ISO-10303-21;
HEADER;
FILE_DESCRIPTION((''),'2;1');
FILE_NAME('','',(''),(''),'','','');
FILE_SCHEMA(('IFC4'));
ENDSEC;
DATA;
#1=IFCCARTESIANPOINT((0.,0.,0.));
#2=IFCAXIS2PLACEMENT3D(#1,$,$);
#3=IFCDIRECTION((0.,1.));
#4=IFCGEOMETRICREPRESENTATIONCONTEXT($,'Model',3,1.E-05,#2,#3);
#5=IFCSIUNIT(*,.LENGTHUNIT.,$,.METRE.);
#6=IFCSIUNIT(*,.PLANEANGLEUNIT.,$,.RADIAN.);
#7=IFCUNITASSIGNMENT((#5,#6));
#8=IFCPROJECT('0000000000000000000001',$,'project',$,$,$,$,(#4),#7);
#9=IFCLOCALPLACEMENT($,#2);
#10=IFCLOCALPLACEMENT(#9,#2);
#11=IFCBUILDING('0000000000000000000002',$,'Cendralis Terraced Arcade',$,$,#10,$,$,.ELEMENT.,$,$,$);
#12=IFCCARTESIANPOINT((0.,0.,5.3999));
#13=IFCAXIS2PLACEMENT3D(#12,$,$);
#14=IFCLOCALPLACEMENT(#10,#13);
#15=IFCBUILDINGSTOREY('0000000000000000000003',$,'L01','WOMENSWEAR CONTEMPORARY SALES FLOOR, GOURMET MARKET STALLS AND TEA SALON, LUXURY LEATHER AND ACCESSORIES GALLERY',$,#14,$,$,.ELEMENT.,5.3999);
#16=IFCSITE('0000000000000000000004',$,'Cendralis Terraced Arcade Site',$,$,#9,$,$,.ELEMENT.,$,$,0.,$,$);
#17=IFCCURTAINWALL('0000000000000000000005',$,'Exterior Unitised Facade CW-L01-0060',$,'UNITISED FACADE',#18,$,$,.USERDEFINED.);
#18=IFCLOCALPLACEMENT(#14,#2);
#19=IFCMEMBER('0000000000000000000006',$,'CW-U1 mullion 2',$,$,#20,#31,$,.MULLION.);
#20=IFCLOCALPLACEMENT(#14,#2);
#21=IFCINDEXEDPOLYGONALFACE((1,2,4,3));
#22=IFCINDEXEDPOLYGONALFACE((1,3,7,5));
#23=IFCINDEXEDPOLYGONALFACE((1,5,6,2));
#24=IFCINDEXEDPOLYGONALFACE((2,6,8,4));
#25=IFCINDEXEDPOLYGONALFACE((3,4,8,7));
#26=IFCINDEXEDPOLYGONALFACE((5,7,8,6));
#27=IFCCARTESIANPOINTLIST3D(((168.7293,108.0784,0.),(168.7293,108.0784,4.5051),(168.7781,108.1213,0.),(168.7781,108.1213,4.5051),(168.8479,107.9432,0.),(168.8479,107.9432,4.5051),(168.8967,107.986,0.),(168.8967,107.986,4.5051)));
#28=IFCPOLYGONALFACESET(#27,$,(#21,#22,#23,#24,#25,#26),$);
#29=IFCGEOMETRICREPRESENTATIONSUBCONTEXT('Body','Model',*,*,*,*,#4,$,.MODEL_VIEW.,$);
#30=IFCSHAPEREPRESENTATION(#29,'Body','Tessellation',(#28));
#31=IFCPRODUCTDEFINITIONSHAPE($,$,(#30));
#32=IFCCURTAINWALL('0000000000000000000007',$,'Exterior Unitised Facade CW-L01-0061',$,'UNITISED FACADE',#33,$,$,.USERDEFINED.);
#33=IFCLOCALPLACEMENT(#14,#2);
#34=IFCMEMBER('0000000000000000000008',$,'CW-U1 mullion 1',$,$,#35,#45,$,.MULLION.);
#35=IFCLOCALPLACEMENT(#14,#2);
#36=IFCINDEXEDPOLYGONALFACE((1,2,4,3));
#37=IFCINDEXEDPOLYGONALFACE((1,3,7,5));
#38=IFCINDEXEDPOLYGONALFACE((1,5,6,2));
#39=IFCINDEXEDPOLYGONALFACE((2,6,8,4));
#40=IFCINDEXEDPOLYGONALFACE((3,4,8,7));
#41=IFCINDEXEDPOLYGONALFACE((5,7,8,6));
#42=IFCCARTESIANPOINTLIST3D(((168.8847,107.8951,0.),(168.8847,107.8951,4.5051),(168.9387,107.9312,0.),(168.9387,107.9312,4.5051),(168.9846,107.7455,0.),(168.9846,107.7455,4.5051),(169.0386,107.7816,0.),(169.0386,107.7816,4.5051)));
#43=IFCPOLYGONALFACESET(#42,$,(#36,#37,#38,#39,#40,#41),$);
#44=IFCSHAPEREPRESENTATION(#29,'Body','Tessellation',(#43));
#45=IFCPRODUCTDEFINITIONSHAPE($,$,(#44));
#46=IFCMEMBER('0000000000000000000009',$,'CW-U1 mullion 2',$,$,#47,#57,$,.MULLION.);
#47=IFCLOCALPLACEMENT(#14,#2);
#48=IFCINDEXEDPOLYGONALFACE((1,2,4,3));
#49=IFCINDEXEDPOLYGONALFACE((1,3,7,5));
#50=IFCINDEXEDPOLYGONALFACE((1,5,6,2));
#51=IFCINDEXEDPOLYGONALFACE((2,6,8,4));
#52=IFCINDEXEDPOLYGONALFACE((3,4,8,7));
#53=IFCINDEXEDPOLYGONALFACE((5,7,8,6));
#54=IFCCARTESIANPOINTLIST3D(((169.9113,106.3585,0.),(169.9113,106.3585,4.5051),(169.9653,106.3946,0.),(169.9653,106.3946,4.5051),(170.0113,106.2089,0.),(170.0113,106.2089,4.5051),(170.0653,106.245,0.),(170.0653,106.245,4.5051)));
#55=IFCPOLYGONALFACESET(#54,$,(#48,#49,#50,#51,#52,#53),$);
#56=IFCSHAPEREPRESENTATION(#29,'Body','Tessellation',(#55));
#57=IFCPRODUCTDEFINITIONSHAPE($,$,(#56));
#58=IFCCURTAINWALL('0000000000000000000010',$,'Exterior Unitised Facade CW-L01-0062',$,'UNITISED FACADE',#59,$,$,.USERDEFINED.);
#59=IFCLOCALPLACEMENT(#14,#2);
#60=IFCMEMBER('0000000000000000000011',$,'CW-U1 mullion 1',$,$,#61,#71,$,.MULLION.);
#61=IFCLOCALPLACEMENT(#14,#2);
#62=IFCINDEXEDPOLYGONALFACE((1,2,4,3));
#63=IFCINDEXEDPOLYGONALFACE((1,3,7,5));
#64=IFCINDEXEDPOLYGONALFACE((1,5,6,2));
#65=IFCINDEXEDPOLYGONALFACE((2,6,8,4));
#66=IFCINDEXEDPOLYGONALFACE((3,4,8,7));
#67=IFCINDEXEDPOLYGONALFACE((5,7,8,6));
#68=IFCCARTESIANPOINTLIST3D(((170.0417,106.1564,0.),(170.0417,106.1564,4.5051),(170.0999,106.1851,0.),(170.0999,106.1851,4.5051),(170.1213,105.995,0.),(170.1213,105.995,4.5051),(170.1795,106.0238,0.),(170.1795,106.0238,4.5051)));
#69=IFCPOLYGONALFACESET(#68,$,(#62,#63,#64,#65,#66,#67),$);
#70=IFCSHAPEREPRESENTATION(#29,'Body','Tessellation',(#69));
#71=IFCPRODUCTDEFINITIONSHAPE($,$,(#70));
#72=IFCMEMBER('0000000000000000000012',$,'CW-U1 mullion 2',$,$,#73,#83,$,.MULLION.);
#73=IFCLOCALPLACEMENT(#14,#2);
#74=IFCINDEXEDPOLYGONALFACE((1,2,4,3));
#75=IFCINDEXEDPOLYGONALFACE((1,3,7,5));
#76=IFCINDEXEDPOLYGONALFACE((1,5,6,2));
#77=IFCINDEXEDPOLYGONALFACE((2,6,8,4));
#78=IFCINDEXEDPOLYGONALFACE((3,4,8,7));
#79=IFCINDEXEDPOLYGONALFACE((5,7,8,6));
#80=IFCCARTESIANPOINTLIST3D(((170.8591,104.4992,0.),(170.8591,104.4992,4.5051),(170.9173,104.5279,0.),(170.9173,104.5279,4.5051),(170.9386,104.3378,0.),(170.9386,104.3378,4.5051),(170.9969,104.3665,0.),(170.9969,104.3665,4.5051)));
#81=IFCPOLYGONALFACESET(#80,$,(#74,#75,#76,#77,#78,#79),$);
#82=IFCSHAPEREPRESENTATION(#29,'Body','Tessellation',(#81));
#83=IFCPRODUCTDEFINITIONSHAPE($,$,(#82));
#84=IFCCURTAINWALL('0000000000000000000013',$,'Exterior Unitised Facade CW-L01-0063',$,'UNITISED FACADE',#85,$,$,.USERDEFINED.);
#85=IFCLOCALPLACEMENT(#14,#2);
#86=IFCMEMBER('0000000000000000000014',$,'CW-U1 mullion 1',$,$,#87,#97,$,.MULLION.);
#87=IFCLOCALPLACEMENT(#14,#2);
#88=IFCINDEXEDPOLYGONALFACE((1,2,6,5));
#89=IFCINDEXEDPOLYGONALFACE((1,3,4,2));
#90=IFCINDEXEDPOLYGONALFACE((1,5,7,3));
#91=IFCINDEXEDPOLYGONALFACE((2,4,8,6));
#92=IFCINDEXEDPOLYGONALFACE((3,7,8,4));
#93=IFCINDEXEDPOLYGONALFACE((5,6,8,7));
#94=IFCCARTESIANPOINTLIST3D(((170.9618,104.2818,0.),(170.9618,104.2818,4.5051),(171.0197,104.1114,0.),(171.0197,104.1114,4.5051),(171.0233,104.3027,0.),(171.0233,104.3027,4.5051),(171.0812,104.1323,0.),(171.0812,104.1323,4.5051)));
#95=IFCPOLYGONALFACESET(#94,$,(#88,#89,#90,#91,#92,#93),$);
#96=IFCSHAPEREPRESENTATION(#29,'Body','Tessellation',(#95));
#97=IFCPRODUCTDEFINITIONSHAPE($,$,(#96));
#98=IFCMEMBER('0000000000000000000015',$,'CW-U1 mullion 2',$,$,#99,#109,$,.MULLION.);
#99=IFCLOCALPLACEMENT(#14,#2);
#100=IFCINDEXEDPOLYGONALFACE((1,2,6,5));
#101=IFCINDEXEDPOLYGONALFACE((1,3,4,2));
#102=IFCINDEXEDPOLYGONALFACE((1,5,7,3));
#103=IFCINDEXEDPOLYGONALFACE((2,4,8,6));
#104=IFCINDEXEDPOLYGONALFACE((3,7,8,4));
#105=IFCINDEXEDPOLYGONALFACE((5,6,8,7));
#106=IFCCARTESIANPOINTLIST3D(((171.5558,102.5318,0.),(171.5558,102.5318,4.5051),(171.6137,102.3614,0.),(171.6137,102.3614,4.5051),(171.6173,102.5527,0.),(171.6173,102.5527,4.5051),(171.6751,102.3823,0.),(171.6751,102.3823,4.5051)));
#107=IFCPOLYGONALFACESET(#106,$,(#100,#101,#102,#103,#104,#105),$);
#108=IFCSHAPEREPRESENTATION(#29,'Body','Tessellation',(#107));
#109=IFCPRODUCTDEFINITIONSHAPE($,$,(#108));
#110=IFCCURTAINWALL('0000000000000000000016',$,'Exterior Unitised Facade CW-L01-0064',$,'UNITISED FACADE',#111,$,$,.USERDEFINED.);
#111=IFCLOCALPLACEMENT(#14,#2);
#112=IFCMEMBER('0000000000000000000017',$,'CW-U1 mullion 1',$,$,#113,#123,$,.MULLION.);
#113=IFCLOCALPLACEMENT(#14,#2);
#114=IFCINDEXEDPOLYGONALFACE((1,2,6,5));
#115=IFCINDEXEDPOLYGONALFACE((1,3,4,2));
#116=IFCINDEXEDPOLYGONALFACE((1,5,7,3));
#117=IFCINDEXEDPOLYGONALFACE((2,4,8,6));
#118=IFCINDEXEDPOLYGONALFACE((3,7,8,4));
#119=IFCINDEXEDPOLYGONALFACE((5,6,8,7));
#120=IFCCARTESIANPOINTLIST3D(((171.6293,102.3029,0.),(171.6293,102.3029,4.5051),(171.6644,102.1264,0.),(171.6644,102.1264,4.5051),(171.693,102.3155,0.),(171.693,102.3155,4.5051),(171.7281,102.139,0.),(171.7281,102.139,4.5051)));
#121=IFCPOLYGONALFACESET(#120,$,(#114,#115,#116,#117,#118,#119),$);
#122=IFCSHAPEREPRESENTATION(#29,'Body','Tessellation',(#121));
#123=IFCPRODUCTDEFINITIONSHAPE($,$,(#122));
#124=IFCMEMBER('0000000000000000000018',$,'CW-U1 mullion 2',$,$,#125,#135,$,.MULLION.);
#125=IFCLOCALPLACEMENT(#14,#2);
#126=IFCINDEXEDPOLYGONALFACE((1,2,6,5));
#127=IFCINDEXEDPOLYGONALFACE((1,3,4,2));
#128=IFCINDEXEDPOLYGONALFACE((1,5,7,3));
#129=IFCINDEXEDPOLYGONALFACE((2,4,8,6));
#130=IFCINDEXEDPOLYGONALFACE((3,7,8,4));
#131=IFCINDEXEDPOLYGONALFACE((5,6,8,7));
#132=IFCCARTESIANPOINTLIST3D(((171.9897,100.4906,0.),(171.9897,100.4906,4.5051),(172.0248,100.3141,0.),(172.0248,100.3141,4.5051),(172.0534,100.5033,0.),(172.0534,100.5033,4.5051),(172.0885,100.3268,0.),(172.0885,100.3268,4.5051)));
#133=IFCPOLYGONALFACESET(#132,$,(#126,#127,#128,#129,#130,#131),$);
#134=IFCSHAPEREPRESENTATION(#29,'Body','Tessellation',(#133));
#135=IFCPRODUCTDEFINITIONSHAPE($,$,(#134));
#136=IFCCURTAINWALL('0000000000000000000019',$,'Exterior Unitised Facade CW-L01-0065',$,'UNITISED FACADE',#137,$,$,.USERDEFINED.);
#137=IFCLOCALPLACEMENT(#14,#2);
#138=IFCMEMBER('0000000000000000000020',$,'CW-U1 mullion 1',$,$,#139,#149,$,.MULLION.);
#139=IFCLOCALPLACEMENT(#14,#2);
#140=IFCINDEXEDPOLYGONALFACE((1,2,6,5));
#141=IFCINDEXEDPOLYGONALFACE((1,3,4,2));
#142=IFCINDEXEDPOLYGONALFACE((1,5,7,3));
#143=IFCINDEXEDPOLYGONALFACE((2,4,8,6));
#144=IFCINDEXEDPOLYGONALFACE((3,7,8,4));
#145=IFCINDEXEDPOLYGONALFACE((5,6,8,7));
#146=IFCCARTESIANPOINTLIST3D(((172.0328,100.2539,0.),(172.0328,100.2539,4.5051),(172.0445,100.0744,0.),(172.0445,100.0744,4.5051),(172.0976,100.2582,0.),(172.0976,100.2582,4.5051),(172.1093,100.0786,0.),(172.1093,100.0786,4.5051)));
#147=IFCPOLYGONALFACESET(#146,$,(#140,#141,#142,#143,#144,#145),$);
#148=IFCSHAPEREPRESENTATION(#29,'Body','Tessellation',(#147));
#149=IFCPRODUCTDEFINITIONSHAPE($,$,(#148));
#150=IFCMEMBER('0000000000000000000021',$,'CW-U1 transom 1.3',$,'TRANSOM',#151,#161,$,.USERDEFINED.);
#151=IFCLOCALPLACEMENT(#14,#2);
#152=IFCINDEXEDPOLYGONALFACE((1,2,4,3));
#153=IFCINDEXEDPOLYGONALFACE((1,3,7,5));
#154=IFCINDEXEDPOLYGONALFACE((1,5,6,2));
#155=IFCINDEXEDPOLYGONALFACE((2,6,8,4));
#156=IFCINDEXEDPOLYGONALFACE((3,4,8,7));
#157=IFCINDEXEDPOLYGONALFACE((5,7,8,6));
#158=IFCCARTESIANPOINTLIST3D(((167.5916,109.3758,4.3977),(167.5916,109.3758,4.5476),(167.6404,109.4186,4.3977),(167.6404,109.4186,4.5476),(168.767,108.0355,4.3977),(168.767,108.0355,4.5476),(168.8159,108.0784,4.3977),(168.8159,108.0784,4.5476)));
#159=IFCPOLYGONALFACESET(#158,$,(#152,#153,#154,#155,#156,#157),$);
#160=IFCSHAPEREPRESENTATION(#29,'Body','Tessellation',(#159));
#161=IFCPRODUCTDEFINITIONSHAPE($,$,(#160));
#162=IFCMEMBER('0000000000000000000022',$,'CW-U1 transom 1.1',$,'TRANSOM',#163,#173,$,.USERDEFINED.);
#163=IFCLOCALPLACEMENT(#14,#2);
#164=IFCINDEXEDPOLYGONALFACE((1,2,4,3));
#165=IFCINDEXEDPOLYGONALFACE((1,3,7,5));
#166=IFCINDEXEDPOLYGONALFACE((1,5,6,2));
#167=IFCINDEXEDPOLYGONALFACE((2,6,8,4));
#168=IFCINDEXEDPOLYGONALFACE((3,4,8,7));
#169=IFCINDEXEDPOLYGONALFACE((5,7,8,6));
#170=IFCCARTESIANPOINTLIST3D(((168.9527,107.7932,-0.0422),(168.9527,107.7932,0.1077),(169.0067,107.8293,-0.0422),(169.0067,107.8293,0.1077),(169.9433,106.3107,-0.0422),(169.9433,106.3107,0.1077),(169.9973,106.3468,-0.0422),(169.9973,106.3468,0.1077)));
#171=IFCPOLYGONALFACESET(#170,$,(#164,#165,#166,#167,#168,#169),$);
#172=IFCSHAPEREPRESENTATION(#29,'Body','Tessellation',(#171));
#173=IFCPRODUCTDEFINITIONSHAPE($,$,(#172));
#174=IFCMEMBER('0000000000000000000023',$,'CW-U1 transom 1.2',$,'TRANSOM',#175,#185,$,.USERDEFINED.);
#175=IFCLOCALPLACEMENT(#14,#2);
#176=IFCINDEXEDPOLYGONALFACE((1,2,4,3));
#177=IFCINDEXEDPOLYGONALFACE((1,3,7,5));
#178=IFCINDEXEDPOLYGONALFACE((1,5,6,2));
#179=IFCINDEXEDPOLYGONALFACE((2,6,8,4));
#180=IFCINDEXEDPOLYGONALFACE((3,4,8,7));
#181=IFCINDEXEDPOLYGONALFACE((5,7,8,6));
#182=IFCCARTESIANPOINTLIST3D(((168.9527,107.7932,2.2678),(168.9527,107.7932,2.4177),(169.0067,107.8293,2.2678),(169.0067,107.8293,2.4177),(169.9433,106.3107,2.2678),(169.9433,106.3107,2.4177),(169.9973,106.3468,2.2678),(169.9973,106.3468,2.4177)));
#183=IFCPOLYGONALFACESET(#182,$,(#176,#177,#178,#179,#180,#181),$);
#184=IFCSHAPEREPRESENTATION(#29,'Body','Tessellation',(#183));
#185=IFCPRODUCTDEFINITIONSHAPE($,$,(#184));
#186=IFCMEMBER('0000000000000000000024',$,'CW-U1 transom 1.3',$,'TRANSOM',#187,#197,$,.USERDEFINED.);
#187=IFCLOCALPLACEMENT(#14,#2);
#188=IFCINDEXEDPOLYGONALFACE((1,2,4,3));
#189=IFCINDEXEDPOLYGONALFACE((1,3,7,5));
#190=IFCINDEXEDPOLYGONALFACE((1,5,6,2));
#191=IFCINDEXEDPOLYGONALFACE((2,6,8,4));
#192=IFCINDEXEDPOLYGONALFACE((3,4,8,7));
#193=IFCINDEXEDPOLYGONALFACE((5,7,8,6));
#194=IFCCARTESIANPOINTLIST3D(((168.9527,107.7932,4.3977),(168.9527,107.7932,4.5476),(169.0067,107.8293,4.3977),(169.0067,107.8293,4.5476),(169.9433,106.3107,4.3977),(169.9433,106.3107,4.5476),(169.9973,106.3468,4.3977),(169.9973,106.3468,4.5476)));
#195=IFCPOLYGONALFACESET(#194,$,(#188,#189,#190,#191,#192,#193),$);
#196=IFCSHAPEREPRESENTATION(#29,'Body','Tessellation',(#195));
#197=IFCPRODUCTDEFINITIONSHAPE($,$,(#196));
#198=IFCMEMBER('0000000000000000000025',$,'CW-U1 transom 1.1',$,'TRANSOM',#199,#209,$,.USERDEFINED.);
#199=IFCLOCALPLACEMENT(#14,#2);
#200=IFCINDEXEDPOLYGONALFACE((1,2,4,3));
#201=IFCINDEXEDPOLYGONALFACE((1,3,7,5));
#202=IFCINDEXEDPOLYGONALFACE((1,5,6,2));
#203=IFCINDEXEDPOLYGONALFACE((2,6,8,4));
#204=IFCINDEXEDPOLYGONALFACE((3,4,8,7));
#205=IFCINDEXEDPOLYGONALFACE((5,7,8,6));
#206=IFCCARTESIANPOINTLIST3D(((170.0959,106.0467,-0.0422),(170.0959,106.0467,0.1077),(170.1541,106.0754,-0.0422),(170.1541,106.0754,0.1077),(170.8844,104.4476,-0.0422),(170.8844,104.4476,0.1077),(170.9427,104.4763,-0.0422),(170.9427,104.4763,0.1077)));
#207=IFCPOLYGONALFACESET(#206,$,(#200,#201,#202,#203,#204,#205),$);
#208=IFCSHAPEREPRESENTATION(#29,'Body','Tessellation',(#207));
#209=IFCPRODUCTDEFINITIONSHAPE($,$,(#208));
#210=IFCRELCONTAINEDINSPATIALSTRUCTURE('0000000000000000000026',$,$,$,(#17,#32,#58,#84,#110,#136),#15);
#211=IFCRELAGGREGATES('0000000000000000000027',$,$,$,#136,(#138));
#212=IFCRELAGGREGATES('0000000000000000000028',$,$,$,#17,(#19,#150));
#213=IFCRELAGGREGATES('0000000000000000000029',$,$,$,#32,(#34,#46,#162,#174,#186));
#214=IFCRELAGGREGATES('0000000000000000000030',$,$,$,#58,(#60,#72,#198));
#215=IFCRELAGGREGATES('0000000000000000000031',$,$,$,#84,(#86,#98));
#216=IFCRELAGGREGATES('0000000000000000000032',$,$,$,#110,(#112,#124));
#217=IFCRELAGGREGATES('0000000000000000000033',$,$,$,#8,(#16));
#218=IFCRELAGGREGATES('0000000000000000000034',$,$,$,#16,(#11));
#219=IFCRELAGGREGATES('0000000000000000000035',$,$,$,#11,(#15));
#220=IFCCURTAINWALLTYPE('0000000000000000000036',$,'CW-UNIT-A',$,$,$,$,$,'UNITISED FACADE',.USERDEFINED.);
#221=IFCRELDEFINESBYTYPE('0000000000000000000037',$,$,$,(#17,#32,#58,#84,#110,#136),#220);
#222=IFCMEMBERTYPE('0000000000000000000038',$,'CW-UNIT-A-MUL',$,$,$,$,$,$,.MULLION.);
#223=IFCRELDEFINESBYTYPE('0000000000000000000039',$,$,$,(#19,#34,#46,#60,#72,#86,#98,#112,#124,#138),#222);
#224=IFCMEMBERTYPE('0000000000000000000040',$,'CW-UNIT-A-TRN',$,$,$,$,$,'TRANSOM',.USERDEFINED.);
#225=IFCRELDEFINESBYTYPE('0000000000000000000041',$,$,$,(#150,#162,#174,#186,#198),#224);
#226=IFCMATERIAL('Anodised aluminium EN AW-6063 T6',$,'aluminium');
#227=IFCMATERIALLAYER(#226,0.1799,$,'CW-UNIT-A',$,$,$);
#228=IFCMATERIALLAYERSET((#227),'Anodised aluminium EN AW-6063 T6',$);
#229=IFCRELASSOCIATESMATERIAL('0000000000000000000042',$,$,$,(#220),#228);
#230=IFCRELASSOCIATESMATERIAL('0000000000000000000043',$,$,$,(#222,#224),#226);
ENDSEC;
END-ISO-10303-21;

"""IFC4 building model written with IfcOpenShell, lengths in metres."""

from ifc_helpers import new_model, si_unit, direction, frame, origin, origin_2d, place, context, subcontext, project, spatial, rectangle, extrude, material, layer, layer_set, material_profile, profile_set, type_object, element, aggregate, save


model = new_model("IFC4")

# Units and contexts
model_context = context("Model", 3, precision=1e-05, world=origin(), true_north=direction((0.0, 1.0)))
body_context = subcontext(model_context, "Body", "Model", "MODEL_VIEW")
ifc_project = project(units=[si_unit("LENGTHUNIT", "METRE"), si_unit("PLANEANGLEUNIT", "RADIAN")], contexts=[model_context])

# Site, building, storey
site_placement = place(None, origin())
site = spatial("IfcSite", under=ifc_project, at=site_placement, Name="Cendralis Terraced Arcade Site", CompositionType="ELEMENT", RefElevation=0.0)
building_placement = place(site_placement, origin())
building = spatial("IfcBuilding", under=site, at=building_placement, Name="Cendralis Terraced Arcade", CompositionType="ELEMENT")
storey_placement = place(building_placement, frame((0.0, 0.0, 5.3999)))
storey = spatial("IfcBuildingStorey", under=building, at=storey_placement, Name="L01", Description="WOMENSWEAR CONTEMPORARY SALES FLOOR, GOURMET MARKET STALLS AND TEA SALON, LUXURY LEATHER AND ACCESSORIES GALLERY", CompositionType="ELEMENT", Elevation=5.3999)

# Curtain wall, member
ifc_material_1 = material(Name="Anodised aluminium EN AW-6063 T6", Category="aluminium")
ifc_layer_1 = layer(ifc_material_1, 0.1799, Name="CW-UNIT-A")
ifc_layer_set_1 = layer_set([ifc_layer_1], Name="Anodised aluminium EN AW-6063 T6")
curtain_wall_type = type_object("IfcCurtainWallType", Name="CW-UNIT-A", ElementType="UNITISED FACADE", PredefinedType="USERDEFINED", material=ifc_layer_set_1)
curtain_wall_1_placement = place(storey_placement, origin())
curtain_wall_1 = element("IfcCurtainWall", 1, at=curtain_wall_1_placement, inside=storey, type_object=curtain_wall_type, Name="Exterior Unitised Facade CW-L01-0060", ObjectType="UNITISED FACADE", PredefinedType="USERDEFINED")
ifc_material_profile_1 = material_profile(ifc_material_1, rectangle(XDim=0.0649, YDim=0.1799, at=origin_2d()), Name="ALU-MUL-65x180")
ifc_profile_set_1 = profile_set([ifc_material_profile_1], Name="Anodised aluminium EN AW-6063 T6")
member_type_1 = type_object("IfcMemberType", Name="CW-UNIT-A-MUL", PredefinedType="MULLION", material=ifc_profile_set_1)
member_1_placement = place(storey_placement, frame((168.813, 108.0322, 0.0), z_axis=(0.0, 0.0, 1.0), x_axis=(0.751783, 0.659411, 0.0)))
member_1 = element("IfcMember", 2, at=member_1_placement, type_object=member_type_1, Name="CW-U1 mullion 2", PredefinedType="MULLION", context=body_context, shape_type="SweptSolid", body=[
    extrude(rectangle(XDim=0.0649, YDim=0.1799, at=origin_2d()), origin(), (0.0, 0.0, 1.0), 4.5051),
])

# Curtain walls, members
curtain_wall_2_placement = place(storey_placement, origin())
curtain_wall_2 = element("IfcCurtainWall", 3, at=curtain_wall_2_placement, inside=storey, type_object=curtain_wall_type, Name="Exterior Unitised Facade CW-L01-0061", ObjectType="UNITISED FACADE", PredefinedType="USERDEFINED")
member_2_placement = place(storey_placement, frame((168.9617, 107.8384, 0.0), z_axis=(0.0, 0.0, 1.0), x_axis=(0.831495, 0.555532, 0.0)))
member_2 = element("IfcMember", 4, at=member_2_placement, type_object=member_type_1, Name="CW-U1 mullion 1", PredefinedType="MULLION", context=body_context, shape_type="SweptSolid", body=[
    extrude(rectangle(XDim=0.0649, YDim=0.1799, at=origin_2d()), origin(), (0.0, 0.0, 1.0), 4.5051),
])
member_3_placement = place(storey_placement, frame((169.9883, 106.3018, 0.0), z_axis=(0.0, 0.0, 1.0), x_axis=(0.831495, 0.555532, 0.0)))
member_3 = element("IfcMember", 5, at=member_3_placement, type_object=member_type_1, Name="CW-U1 mullion 2", PredefinedType="MULLION", context=body_context, shape_type="SweptSolid", body=[
    extrude(rectangle(XDim=0.0649, YDim=0.1799, at=origin_2d()), origin(), (0.0, 0.0, 1.0), 4.5051),
])
curtain_wall_3_placement = place(storey_placement, origin())
curtain_wall_3 = element("IfcCurtainWall", 6, at=curtain_wall_3_placement, inside=storey, type_object=curtain_wall_type, Name="Exterior Unitised Facade CW-L01-0062", ObjectType="UNITISED FACADE", PredefinedType="USERDEFINED")
member_4_placement = place(storey_placement, frame((170.1106, 106.0901, 0.0), z_axis=(0.0, 0.0, 1.0), x_axis=(0.896871, 0.442293, 0.0)))
member_4 = element("IfcMember", 7, at=member_4_placement, type_object=member_type_1, Name="CW-U1 mullion 1", PredefinedType="MULLION", context=body_context, shape_type="SweptSolid", body=[
    extrude(rectangle(XDim=0.0649, YDim=0.1799, at=origin_2d()), origin(), (0.0, 0.0, 1.0), 4.5051),
])
member_5_placement = place(storey_placement, frame((170.928, 104.4329, 0.0), z_axis=(0.0, 0.0, 1.0), x_axis=(0.896871, 0.442293, 0.0)))
member_5 = element("IfcMember", 8, at=member_5_placement, type_object=member_type_1, Name="CW-U1 mullion 2", PredefinedType="MULLION", context=body_context, shape_type="SweptSolid", body=[
    extrude(rectangle(XDim=0.0649, YDim=0.1799, at=origin_2d()), origin(), (0.0, 0.0, 1.0), 4.5051),
])
curtain_wall_4_placement = place(storey_placement, origin())
curtain_wall_4 = element("IfcCurtainWall", 9, at=curtain_wall_4_placement, inside=storey, type_object=curtain_wall_type, Name="Exterior Unitised Facade CW-L01-0063", ObjectType="UNITISED FACADE", PredefinedType="USERDEFINED")
member_6_placement = place(storey_placement, frame((171.0215, 104.207, 0.0), z_axis=(0.0, 0.0, 1.0), x_axis=(0.946928, 0.321445, 0.0)))
member_6 = element("IfcMember", 10, at=member_6_placement, type_object=member_type_1, Name="CW-U1 mullion 1", PredefinedType="MULLION", context=body_context, shape_type="SweptSolid", body=[
    extrude(rectangle(XDim=0.0649, YDim=0.1799, at=origin_2d()), origin(), (0.0, 0.0, 1.0), 4.5051),
])
member_7_placement = place(storey_placement, frame((171.6155, 102.457, 0.0), z_axis=(0.0, 0.0, 1.0), x_axis=(0.946928, 0.321445, 0.0)))
member_7 = element("IfcMember", 11, at=member_7_placement, type_object=member_type_1, Name="CW-U1 mullion 2", PredefinedType="MULLION", context=body_context, shape_type="SweptSolid", body=[
    extrude(rectangle(XDim=0.0649, YDim=0.1799, at=origin_2d()), origin(), (0.0, 0.0, 1.0), 4.5051),
])
curtain_wall_5_placement = place(storey_placement, origin())
curtain_wall_5 = element("IfcCurtainWall", 12, at=curtain_wall_5_placement, inside=storey, type_object=curtain_wall_type, Name="Exterior Unitised Facade CW-L01-0064", ObjectType="UNITISED FACADE", PredefinedType="USERDEFINED")
member_8_placement = place(storey_placement, frame((171.6787, 102.2209, 0.0), z_axis=(0.0, 0.0, 1.0), x_axis=(0.980793, 0.19505, 0.0)))
member_8 = element("IfcMember", 13, at=member_8_placement, type_object=member_type_1, Name="CW-U1 mullion 1", PredefinedType="MULLION", context=body_context, shape_type="SweptSolid", body=[
    extrude(rectangle(XDim=0.0649, YDim=0.1799, at=origin_2d()), origin(), (0.0, 0.0, 1.0), 4.5051),
])
member_9_placement = place(storey_placement, frame((172.0391, 100.4087, 0.0), z_axis=(0.0, 0.0, 1.0), x_axis=(0.980793, 0.19505, 0.0)))
member_9 = element("IfcMember", 14, at=member_9_placement, type_object=member_type_1, Name="CW-U1 mullion 2", PredefinedType="MULLION", context=body_context, shape_type="SweptSolid", body=[
    extrude(rectangle(XDim=0.0649, YDim=0.1799, at=origin_2d()), origin(), (0.0, 0.0, 1.0), 4.5051),
])

# Curtain wall, member
curtain_wall_6_placement = place(storey_placement, origin())
curtain_wall_6 = element("IfcCurtainWall", 15, at=curtain_wall_6_placement, inside=storey, type_object=curtain_wall_type, Name="Exterior Unitised Facade CW-L01-0065", ObjectType="UNITISED FACADE", PredefinedType="USERDEFINED")
member_10_placement = place(storey_placement, frame((172.071, 100.1663, 0.0), z_axis=(0.0, 0.0, 1.0), x_axis=(0.997859, 0.065398, 0.0)))
member_10 = element("IfcMember", 16, at=member_10_placement, type_object=member_type_1, Name="CW-U1 mullion 1", PredefinedType="MULLION", context=body_context, shape_type="SweptSolid", body=[
    extrude(rectangle(XDim=0.0649, YDim=0.1799, at=origin_2d()), origin(), (0.0, 0.0, 1.0), 4.5051),
])
aggregate(curtain_wall_6, [member_10])

# Members
ifc_material_profile_2 = material_profile(ifc_material_1, rectangle(XDim=0.0649, YDim=0.1499, at=origin_2d()), Name="ALU-TRN-65x150")
ifc_profile_set_2 = profile_set([ifc_material_profile_2], Name="Anodised aluminium EN AW-6063 T6")
member_type_2 = type_object("IfcMemberType", Name="CW-UNIT-A-TRN", ElementType="TRANSOM", PredefinedType="USERDEFINED", material=ifc_profile_set_2)
member_11_placement = place(storey_placement, frame((167.616, 109.3972, 4.4727), z_axis=(0.659377, -0.751813, 0.0), x_axis=(0.751813, 0.659377, 0.0)))
member_11 = element("IfcMember", 17, at=member_11_placement, type_object=member_type_2, Name="CW-U1 transom 1.3", ObjectType="TRANSOM", PredefinedType="USERDEFINED", context=body_context, shape_type="SweptSolid", body=[
    extrude(rectangle(XDim=0.0649, YDim=0.1499, at=origin_2d()), origin(), (0.0, 0.0, 1.0), 1.7827),
])
member_12_placement = place(storey_placement, frame((168.9797, 107.8113, 0.0327), z_axis=(0.555553, -0.831481, 0.0), x_axis=(0.831481, 0.555553, 0.0)))
member_12 = element("IfcMember", 18, at=member_12_placement, type_object=member_type_2, Name="CW-U1 transom 1.1", ObjectType="TRANSOM", PredefinedType="USERDEFINED", context=body_context, shape_type="SweptSolid", body=[
    extrude(rectangle(XDim=0.0649, YDim=0.1499, at=origin_2d()), origin(), (0.0, 0.0, 1.0), 1.783),
])
member_13_placement = place(storey_placement, frame((168.9797, 107.8113, 2.3428), z_axis=(0.555553, -0.831481, 0.0), x_axis=(0.831481, 0.555553, 0.0)))
member_13 = element("IfcMember", 19, at=member_13_placement, type_object=member_type_2, Name="CW-U1 transom 1.2", ObjectType="TRANSOM", PredefinedType="USERDEFINED", context=body_context, shape_type="SweptSolid", body=[
    extrude(rectangle(XDim=0.0649, YDim=0.1499, at=origin_2d()), origin(), (0.0, 0.0, 1.0), 1.783),
])
member_14_placement = place(storey_placement, frame((168.9797, 107.8113, 4.4727), z_axis=(0.555553, -0.831481, 0.0), x_axis=(0.831481, 0.555553, 0.0)))
member_14 = element("IfcMember", 20, at=member_14_placement, type_object=member_type_2, Name="CW-U1 transom 1.3", ObjectType="TRANSOM", PredefinedType="USERDEFINED", context=body_context, shape_type="SweptSolid", body=[
    extrude(rectangle(XDim=0.0649, YDim=0.1499, at=origin_2d()), origin(), (0.0, 0.0, 1.0), 1.783),
])
member_15_placement = place(storey_placement, frame((170.125, 106.061, 0.0327), z_axis=(0.442277, -0.896878, 0.0), x_axis=(0.896878, 0.442277, 0.0)))
member_15 = element("IfcMember", 21, at=member_15_placement, type_object=member_type_2, Name="CW-U1 transom 1.1", ObjectType="TRANSOM", PredefinedType="USERDEFINED", context=body_context, shape_type="SweptSolid", body=[
    extrude(rectangle(XDim=0.0649, YDim=0.1499, at=origin_2d()), origin(), (0.0, 0.0, 1.0), 1.783),
])

aggregate(curtain_wall_1, [member_1, member_11])
aggregate(curtain_wall_2, [member_2, member_3, member_12, member_13, member_14])
aggregate(curtain_wall_3, [member_4, member_5, member_15])
aggregate(curtain_wall_4, [member_6, member_7])
aggregate(curtain_wall_5, [member_8, member_9])

save(model, "model.ifc")
